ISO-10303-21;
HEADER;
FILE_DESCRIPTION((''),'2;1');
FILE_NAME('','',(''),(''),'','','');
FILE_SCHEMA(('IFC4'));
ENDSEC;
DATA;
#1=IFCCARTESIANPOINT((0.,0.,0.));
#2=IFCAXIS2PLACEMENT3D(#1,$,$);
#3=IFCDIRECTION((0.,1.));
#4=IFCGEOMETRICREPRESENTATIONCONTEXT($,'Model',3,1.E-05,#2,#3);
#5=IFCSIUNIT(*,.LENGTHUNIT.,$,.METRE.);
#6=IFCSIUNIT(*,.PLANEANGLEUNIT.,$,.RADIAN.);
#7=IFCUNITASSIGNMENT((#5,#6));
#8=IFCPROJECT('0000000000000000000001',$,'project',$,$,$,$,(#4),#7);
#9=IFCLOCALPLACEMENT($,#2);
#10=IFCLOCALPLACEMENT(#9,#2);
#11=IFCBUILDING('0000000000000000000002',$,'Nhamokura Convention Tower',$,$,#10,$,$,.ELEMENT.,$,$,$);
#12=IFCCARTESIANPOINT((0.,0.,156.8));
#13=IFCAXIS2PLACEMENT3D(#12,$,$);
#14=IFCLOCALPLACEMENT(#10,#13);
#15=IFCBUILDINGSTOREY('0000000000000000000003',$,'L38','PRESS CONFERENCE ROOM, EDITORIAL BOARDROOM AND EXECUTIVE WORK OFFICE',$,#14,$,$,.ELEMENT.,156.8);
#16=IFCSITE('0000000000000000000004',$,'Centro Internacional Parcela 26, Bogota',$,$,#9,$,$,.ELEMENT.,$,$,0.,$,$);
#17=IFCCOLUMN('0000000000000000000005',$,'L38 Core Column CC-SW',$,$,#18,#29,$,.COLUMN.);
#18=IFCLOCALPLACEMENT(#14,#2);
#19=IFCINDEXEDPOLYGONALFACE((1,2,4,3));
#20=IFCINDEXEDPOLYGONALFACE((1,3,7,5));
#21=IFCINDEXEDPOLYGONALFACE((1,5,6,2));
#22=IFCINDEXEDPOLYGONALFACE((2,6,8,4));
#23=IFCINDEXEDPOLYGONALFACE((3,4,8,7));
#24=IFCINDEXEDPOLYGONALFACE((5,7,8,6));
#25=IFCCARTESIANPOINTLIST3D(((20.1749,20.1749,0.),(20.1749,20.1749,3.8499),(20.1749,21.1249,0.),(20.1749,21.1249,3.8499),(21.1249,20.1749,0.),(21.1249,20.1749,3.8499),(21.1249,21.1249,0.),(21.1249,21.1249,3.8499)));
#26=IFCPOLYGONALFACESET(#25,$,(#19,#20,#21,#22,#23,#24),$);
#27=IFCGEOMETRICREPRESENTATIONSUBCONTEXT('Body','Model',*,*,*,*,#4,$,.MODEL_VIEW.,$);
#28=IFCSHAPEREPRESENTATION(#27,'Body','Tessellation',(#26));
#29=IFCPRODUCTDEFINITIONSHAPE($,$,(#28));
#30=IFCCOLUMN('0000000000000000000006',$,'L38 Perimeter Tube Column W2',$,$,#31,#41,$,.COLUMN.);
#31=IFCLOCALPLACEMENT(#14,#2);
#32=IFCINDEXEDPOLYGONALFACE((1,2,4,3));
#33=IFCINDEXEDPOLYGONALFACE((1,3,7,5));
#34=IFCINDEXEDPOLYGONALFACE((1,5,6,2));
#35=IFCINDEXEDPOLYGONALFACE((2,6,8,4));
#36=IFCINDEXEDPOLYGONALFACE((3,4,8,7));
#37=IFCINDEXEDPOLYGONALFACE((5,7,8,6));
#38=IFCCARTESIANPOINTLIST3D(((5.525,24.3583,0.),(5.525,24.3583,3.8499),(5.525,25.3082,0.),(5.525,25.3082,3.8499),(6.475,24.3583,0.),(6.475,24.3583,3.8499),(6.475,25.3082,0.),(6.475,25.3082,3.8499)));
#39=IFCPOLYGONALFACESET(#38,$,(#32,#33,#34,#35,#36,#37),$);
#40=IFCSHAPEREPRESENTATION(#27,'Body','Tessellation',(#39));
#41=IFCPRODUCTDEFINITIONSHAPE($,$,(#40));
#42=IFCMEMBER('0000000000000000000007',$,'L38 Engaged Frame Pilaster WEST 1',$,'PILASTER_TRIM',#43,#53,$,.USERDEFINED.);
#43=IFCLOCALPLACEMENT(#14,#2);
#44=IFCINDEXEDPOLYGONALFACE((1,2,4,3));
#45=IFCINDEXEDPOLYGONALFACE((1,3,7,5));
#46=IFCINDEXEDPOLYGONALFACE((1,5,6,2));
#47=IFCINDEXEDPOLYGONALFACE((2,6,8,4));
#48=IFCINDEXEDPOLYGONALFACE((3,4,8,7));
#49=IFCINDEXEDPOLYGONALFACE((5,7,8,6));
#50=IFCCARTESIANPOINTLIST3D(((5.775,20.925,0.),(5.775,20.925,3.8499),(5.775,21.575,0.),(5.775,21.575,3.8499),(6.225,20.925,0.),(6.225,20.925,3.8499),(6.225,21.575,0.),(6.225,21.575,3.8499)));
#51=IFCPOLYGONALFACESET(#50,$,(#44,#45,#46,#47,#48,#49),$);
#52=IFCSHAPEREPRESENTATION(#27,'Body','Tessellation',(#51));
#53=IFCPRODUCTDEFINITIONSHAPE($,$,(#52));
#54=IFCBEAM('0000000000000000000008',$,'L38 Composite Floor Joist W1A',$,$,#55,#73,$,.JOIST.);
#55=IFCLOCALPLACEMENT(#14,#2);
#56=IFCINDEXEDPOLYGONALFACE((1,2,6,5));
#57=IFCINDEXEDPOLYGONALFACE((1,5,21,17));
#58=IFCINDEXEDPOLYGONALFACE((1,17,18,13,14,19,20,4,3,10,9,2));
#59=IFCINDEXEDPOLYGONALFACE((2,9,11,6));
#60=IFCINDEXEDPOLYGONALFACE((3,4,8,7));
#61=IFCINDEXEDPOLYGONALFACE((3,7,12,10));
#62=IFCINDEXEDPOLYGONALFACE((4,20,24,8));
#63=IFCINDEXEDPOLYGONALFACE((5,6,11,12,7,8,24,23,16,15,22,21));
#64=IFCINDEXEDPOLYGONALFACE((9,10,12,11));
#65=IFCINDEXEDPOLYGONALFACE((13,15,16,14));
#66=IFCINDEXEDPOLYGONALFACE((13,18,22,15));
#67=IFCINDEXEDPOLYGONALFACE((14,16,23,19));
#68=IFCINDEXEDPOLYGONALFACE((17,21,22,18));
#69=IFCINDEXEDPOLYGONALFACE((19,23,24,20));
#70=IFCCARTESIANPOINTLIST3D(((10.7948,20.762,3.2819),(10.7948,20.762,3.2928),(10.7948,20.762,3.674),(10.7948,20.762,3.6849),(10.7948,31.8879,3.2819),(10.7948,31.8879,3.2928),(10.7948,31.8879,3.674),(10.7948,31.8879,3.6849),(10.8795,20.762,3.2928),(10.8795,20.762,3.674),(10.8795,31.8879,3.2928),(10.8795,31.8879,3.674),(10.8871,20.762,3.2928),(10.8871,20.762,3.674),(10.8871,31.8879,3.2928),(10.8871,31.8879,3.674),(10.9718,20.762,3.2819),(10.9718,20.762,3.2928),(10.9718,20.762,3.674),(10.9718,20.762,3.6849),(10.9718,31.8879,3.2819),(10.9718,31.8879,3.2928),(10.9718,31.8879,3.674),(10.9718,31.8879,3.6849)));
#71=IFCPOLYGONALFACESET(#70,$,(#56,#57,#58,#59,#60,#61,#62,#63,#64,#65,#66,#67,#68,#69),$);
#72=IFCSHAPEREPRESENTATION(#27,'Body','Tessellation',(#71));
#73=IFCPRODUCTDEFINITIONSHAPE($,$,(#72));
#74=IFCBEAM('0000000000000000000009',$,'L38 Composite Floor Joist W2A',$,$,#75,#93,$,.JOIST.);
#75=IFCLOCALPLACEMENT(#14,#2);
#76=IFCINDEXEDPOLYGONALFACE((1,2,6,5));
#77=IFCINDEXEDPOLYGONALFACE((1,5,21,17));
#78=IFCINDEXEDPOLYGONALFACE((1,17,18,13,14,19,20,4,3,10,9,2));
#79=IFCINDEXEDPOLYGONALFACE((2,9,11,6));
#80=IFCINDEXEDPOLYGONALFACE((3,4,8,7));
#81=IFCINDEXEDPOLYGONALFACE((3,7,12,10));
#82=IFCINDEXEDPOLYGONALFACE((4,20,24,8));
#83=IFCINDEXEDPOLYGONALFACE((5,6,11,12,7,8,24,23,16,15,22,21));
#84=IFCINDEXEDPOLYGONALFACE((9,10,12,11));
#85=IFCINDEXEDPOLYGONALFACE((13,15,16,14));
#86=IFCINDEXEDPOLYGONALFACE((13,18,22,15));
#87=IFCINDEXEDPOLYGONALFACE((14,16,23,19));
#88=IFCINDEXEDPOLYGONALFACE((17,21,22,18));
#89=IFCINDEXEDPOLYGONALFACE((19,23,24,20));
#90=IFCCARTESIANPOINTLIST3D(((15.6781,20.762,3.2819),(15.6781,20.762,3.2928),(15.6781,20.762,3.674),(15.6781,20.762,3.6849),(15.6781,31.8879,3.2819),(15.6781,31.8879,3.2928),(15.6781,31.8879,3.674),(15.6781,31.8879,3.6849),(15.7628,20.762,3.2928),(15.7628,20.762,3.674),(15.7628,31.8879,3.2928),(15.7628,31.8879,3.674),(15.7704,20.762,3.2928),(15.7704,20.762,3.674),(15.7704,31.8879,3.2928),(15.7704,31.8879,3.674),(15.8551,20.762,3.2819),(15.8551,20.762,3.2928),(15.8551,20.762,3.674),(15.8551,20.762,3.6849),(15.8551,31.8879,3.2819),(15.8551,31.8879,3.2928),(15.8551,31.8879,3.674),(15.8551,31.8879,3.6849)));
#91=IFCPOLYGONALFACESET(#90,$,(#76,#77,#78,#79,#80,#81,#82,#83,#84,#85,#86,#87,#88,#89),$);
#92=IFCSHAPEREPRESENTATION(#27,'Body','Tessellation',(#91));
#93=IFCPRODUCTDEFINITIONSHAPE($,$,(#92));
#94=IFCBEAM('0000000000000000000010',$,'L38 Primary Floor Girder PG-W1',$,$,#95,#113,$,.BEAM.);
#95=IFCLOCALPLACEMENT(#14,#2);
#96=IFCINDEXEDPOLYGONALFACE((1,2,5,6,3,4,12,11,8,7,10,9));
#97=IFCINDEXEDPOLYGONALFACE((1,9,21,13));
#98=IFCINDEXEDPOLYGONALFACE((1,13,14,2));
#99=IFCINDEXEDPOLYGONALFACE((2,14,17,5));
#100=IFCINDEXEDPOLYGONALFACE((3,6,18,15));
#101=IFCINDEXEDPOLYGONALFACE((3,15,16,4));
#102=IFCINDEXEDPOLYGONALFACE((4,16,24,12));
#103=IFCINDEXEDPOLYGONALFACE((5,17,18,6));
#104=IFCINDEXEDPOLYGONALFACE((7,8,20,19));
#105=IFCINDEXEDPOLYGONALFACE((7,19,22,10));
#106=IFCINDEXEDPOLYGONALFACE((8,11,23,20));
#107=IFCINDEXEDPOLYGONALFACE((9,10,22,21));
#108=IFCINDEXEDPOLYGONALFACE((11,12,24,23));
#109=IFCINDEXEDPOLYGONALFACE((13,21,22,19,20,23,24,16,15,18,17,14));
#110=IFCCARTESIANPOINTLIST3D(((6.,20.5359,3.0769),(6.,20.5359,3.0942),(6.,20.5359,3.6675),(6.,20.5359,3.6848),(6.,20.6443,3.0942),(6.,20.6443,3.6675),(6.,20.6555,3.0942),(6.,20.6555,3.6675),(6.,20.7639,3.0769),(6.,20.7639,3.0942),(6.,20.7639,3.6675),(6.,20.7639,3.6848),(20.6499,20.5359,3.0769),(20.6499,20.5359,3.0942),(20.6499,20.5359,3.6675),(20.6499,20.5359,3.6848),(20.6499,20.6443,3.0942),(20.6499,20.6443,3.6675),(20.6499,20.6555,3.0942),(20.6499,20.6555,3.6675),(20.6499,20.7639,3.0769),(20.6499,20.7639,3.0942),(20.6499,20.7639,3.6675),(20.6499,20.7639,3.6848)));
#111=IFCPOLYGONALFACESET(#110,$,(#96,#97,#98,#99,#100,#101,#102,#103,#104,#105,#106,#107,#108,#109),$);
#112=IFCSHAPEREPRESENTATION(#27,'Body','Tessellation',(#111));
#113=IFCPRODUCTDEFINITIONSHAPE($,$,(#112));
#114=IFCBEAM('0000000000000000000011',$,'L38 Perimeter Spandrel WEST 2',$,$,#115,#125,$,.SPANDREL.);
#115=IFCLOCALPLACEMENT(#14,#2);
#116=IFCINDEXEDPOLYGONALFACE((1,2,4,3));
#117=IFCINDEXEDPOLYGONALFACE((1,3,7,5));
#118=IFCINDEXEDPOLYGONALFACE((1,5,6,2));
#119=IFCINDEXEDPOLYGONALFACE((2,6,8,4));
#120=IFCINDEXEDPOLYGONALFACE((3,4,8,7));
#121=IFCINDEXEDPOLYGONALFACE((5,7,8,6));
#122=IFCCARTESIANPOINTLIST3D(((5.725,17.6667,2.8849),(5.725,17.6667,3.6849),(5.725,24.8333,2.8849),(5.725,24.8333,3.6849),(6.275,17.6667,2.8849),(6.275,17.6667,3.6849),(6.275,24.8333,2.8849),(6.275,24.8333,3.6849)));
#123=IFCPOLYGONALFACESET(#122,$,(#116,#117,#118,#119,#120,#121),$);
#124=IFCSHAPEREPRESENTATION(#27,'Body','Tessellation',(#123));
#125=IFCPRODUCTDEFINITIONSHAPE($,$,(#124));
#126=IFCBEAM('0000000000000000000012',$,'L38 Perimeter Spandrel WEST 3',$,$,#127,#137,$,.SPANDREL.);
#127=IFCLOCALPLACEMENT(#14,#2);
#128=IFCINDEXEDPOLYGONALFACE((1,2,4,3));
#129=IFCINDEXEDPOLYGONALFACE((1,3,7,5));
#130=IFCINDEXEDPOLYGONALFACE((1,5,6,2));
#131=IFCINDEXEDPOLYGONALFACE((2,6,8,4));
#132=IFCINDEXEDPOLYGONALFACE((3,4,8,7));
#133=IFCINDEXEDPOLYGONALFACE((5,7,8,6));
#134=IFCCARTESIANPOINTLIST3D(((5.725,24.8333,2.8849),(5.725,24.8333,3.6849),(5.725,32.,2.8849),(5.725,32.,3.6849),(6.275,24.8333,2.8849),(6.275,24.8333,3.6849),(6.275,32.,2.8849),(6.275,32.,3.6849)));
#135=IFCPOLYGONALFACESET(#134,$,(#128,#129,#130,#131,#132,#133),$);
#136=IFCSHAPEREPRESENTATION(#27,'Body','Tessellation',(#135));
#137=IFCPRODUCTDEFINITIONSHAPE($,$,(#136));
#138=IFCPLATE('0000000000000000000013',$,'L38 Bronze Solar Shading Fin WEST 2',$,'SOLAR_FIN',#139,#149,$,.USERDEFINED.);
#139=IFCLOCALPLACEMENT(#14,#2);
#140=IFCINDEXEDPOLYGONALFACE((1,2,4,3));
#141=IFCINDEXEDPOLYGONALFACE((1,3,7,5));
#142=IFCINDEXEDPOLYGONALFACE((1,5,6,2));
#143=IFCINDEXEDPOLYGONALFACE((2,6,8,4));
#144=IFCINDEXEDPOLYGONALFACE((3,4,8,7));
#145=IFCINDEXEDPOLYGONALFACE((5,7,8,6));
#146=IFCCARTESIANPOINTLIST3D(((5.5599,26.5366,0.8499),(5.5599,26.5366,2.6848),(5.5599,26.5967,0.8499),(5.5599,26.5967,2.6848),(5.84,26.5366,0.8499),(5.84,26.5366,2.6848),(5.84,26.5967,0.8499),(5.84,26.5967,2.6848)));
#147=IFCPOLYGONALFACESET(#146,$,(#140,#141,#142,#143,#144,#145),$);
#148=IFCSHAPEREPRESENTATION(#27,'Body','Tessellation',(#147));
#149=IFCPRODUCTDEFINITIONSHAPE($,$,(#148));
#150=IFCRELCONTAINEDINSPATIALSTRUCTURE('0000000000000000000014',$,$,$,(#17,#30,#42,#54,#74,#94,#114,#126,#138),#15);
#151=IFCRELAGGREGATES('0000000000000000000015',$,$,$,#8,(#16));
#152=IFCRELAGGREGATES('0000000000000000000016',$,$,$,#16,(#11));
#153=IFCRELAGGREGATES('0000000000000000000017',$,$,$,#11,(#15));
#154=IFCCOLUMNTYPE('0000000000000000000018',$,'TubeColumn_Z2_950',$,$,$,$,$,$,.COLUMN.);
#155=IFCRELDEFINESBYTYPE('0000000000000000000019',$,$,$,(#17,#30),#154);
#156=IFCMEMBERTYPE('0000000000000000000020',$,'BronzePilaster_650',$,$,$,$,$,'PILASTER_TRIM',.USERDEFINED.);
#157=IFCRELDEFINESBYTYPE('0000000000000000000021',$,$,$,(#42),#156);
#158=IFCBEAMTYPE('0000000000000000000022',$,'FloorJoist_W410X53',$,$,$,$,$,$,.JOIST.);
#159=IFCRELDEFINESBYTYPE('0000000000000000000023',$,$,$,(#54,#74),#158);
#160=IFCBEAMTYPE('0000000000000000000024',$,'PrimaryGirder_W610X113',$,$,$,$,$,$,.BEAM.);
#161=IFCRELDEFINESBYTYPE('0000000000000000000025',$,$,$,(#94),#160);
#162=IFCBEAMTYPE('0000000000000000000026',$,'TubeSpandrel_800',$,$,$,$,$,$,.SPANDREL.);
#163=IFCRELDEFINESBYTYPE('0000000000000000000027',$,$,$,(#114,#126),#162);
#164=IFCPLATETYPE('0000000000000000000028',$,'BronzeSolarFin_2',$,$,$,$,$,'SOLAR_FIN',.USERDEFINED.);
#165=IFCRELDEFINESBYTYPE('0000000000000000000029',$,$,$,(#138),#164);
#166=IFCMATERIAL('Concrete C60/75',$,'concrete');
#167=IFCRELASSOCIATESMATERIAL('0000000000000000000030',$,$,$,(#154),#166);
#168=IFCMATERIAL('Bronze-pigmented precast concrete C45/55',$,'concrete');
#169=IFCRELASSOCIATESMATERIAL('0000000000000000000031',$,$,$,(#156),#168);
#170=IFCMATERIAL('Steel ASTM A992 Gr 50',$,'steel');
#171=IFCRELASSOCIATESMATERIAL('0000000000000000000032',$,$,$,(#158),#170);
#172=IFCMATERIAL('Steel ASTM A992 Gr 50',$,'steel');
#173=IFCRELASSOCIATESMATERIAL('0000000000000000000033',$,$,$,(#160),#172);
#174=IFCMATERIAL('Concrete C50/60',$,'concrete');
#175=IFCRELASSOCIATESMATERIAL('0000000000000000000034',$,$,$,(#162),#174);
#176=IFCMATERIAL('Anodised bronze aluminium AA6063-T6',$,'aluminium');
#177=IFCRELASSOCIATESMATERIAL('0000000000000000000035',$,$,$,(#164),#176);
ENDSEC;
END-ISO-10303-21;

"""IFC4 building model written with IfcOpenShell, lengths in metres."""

from ifc_helpers import new_model, si_unit, direction, frame, origin, origin_2d, place, context, subcontext, project, spatial, rectangle, i_section, extrude, material, material_profile, profile_set, type_object, element, save


model = new_model("IFC4")

# Units and contexts
model_context = context("Model", 3, precision=1e-05, world=origin(), true_north=direction((0.0, 1.0)))
body_context = subcontext(model_context, "Body", "Model", "MODEL_VIEW")
ifc_project = project(units=[si_unit("LENGTHUNIT", "METRE"), si_unit("PLANEANGLEUNIT", "RADIAN")], contexts=[model_context])

# Site, building, storey
site_placement = place(None, origin())
site = spatial("IfcSite", under=ifc_project, at=site_placement, Name="Centro Internacional Parcela 26, Bogota", CompositionType="ELEMENT", RefElevation=0.0)
building_placement = place(site_placement, origin())
building = spatial("IfcBuilding", under=site, at=building_placement, Name="Nhamokura Convention Tower", CompositionType="ELEMENT")
storey_placement = place(building_placement, frame((0.0, 0.0, 156.8)))
storey = spatial("IfcBuildingStorey", under=building, at=storey_placement, Name="L38", Description="PRESS CONFERENCE ROOM, EDITORIAL BOARDROOM AND EXECUTIVE WORK OFFICE", CompositionType="ELEMENT", Elevation=156.8)

# Columns
ifc_material_1 = material(Name="Concrete C60/75", Category="concrete")
ifc_material_profile_1 = material_profile(ifc_material_1, rectangle(XDim=0.95, YDim=0.95, at=origin_2d()))
ifc_profile_set_1 = profile_set([ifc_material_profile_1], Name="Concrete C60/75")
column_type = type_object("IfcColumnType", Name="TubeColumn_Z2_950", PredefinedType="COLUMN", material=ifc_profile_set_1)
for number, where, z_axis, x_axis, name in (
    (1, (20.6499, 20.6499, 0.0), (0.0, 0.0, 1.0), (1.0, 0.0, 0.0), "L38 Core Column CC-SW"),
    (2, (6.0, 24.8333, 0.0), (0.0, 0.0, 1.0), (1.0, 0.0, 0.0), "L38 Perimeter Tube Column W2"),
):
    element("IfcColumn", number, at=place(storey_placement, frame(where, z_axis=z_axis, x_axis=x_axis)), inside=storey, type_object=column_type, Name=name, PredefinedType="COLUMN", context=body_context, shape_type="SweptSolid", body=[
        extrude(rectangle(XDim=0.95, YDim=0.95, at=origin_2d()), origin(), (0.0, 0.0, 1.0), 3.8499),
    ])

# Member
ifc_material_2 = material(Name="Bronze-pigmented precast concrete C45/55", Category="concrete")
ifc_material_profile_2 = material_profile(ifc_material_2, rectangle(XDim=0.45, YDim=0.6499, at=origin_2d()))
ifc_profile_set_2 = profile_set([ifc_material_profile_2], Name="Bronze-pigmented precast concrete C45/55")
member_type = type_object("IfcMemberType", Name="BronzePilaster_650", ElementType="PILASTER_TRIM", PredefinedType="USERDEFINED", material=ifc_profile_set_2)
member_placement = place(storey_placement, frame((6.0, 21.25, 0.0), z_axis=(0.0, 0.0, 1.0), x_axis=(1.0, 0.0, 0.0)))
element("IfcMember", 3, at=member_placement, inside=storey, type_object=member_type, Name="L38 Engaged Frame Pilaster WEST 1", ObjectType="PILASTER_TRIM", PredefinedType="USERDEFINED", context=body_context, shape_type="SweptSolid", body=[
    extrude(rectangle(XDim=0.45, YDim=0.6499, at=origin_2d()), origin(), (0.0, 0.0, 1.0), 3.8499),
])

# Beams
ifc_material_3 = material(Name="Steel ASTM A992 Gr 50", Category="steel")
ifc_material_profile_3 = material_profile(ifc_material_3, i_section(OverallWidth=0.177, OverallDepth=0.4031, WebThickness=0.0076, FlangeThickness=0.011, at=origin_2d()))
ifc_profile_set_3 = profile_set([ifc_material_profile_3], Name="Steel ASTM A992 Gr 50")
beam_type_1 = type_object("IfcBeamType", Name="FloorJoist_W410X53", PredefinedType="JOIST", material=ifc_profile_set_3)
for number, where, z_axis, x_axis, name in (
    (4, (10.8833, 20.762, 3.4834), (0.0, 1.0, 0.0), (-1.0, 0.0, 0.0), "L38 Composite Floor Joist W1A"),
    (5, (15.7666, 20.762, 3.4834), (0.0, 1.0, 0.0), (-1.0, 0.0, 0.0), "L38 Composite Floor Joist W2A"),
):
    element("IfcBeam", number, at=place(storey_placement, frame(where, z_axis=z_axis, x_axis=x_axis)), inside=storey, type_object=beam_type_1, Name=name, PredefinedType="JOIST", context=body_context, shape_type="SweptSolid", body=[
        extrude(i_section(OverallWidth=0.177, OverallDepth=0.4031, WebThickness=0.0076, FlangeThickness=0.011, at=origin_2d()), origin(), (0.0, 0.0, 1.0), 11.126),
    ])
ifc_material_4 = material(Name="Steel ASTM A992 Gr 50", Category="steel")
ifc_material_profile_4 = material_profile(ifc_material_4, i_section(OverallWidth=0.228, OverallDepth=0.6079, WebThickness=0.0112, FlangeThickness=0.0173, at=origin_2d()))
ifc_profile_set_4 = profile_set([ifc_material_profile_4], Name="Steel ASTM A992 Gr 50")
beam_type_2 = type_object("IfcBeamType", Name="PrimaryGirder_W610X113", PredefinedType="BEAM", material=ifc_profile_set_4)
beam_1_placement = place(storey_placement, frame((6.0, 20.6499, 3.3809), z_axis=(1.0, 0.0, 0.0), x_axis=(0.0, 1.0, 0.0)))
element("IfcBeam", 6, at=beam_1_placement, inside=storey, type_object=beam_type_2, Name="L38 Primary Floor Girder PG-W1", PredefinedType="BEAM", context=body_context, shape_type="SweptSolid", body=[
    extrude(i_section(OverallWidth=0.228, OverallDepth=0.6079, WebThickness=0.0112, FlangeThickness=0.0173, at=origin_2d()), origin(), (0.0, 0.0, 1.0), 14.6499),
])
ifc_material_5 = material(Name="Concrete C50/60", Category="concrete")
ifc_material_profile_5 = material_profile(ifc_material_5, rectangle(XDim=0.55, YDim=0.8, at=origin_2d()))
ifc_profile_set_5 = profile_set([ifc_material_profile_5], Name="Concrete C50/60")
beam_type_3 = type_object("IfcBeamType", Name="TubeSpandrel_800", PredefinedType="SPANDREL", material=ifc_profile_set_5)
beam_2_placement = place(storey_placement, frame((6.0, 17.6667, 3.2849), z_axis=(0.0, 1.0, 0.0), x_axis=(-1.0, 0.0, 0.0)))
element("IfcBeam", 7, at=beam_2_placement, inside=storey, type_object=beam_type_3, Name="L38 Perimeter Spandrel WEST 2", PredefinedType="SPANDREL", context=body_context, shape_type="SweptSolid", body=[
    extrude(rectangle(XDim=0.55, YDim=0.8, at=origin_2d()), origin(), (0.0, 0.0, 1.0), 7.1665),
])
beam_3_placement = place(storey_placement, frame((6.0, 24.8333, 3.2849), z_axis=(0.0, 1.0, 0.0), x_axis=(-1.0, 0.0, 0.0)))
element("IfcBeam", 8, at=beam_3_placement, inside=storey, type_object=beam_type_3, Name="L38 Perimeter Spandrel WEST 3", PredefinedType="SPANDREL", context=body_context, shape_type="SweptSolid", body=[
    extrude(rectangle(XDim=0.55, YDim=0.8, at=origin_2d()), origin(), (0.0, 0.0, 1.0), 7.1667),
])

# Plate
ifc_material_6 = material(Name="Anodised bronze aluminium AA6063-T6", Category="aluminium")
plate_type = type_object("IfcPlateType", Name="BronzeSolarFin_2", ElementType="SOLAR_FIN", PredefinedType="USERDEFINED", material=ifc_material_6)
plate_placement = place(storey_placement, frame((5.7, 26.5667, 0.8499), z_axis=(0.0, 0.0, 1.0), x_axis=(1.0, 0.0, 0.0)))
element("IfcPlate", 9, at=plate_placement, inside=storey, type_object=plate_type, Name="L38 Bronze Solar Shading Fin WEST 2", ObjectType="SOLAR_FIN", PredefinedType="USERDEFINED", context=body_context, shape_type="SweptSolid", body=[
    extrude(rectangle(XDim=0.28, YDim=0.0601, at=origin_2d()), origin(), (0.0, 0.0, 1.0), 1.835),
])

save(model, "model.ifc")
